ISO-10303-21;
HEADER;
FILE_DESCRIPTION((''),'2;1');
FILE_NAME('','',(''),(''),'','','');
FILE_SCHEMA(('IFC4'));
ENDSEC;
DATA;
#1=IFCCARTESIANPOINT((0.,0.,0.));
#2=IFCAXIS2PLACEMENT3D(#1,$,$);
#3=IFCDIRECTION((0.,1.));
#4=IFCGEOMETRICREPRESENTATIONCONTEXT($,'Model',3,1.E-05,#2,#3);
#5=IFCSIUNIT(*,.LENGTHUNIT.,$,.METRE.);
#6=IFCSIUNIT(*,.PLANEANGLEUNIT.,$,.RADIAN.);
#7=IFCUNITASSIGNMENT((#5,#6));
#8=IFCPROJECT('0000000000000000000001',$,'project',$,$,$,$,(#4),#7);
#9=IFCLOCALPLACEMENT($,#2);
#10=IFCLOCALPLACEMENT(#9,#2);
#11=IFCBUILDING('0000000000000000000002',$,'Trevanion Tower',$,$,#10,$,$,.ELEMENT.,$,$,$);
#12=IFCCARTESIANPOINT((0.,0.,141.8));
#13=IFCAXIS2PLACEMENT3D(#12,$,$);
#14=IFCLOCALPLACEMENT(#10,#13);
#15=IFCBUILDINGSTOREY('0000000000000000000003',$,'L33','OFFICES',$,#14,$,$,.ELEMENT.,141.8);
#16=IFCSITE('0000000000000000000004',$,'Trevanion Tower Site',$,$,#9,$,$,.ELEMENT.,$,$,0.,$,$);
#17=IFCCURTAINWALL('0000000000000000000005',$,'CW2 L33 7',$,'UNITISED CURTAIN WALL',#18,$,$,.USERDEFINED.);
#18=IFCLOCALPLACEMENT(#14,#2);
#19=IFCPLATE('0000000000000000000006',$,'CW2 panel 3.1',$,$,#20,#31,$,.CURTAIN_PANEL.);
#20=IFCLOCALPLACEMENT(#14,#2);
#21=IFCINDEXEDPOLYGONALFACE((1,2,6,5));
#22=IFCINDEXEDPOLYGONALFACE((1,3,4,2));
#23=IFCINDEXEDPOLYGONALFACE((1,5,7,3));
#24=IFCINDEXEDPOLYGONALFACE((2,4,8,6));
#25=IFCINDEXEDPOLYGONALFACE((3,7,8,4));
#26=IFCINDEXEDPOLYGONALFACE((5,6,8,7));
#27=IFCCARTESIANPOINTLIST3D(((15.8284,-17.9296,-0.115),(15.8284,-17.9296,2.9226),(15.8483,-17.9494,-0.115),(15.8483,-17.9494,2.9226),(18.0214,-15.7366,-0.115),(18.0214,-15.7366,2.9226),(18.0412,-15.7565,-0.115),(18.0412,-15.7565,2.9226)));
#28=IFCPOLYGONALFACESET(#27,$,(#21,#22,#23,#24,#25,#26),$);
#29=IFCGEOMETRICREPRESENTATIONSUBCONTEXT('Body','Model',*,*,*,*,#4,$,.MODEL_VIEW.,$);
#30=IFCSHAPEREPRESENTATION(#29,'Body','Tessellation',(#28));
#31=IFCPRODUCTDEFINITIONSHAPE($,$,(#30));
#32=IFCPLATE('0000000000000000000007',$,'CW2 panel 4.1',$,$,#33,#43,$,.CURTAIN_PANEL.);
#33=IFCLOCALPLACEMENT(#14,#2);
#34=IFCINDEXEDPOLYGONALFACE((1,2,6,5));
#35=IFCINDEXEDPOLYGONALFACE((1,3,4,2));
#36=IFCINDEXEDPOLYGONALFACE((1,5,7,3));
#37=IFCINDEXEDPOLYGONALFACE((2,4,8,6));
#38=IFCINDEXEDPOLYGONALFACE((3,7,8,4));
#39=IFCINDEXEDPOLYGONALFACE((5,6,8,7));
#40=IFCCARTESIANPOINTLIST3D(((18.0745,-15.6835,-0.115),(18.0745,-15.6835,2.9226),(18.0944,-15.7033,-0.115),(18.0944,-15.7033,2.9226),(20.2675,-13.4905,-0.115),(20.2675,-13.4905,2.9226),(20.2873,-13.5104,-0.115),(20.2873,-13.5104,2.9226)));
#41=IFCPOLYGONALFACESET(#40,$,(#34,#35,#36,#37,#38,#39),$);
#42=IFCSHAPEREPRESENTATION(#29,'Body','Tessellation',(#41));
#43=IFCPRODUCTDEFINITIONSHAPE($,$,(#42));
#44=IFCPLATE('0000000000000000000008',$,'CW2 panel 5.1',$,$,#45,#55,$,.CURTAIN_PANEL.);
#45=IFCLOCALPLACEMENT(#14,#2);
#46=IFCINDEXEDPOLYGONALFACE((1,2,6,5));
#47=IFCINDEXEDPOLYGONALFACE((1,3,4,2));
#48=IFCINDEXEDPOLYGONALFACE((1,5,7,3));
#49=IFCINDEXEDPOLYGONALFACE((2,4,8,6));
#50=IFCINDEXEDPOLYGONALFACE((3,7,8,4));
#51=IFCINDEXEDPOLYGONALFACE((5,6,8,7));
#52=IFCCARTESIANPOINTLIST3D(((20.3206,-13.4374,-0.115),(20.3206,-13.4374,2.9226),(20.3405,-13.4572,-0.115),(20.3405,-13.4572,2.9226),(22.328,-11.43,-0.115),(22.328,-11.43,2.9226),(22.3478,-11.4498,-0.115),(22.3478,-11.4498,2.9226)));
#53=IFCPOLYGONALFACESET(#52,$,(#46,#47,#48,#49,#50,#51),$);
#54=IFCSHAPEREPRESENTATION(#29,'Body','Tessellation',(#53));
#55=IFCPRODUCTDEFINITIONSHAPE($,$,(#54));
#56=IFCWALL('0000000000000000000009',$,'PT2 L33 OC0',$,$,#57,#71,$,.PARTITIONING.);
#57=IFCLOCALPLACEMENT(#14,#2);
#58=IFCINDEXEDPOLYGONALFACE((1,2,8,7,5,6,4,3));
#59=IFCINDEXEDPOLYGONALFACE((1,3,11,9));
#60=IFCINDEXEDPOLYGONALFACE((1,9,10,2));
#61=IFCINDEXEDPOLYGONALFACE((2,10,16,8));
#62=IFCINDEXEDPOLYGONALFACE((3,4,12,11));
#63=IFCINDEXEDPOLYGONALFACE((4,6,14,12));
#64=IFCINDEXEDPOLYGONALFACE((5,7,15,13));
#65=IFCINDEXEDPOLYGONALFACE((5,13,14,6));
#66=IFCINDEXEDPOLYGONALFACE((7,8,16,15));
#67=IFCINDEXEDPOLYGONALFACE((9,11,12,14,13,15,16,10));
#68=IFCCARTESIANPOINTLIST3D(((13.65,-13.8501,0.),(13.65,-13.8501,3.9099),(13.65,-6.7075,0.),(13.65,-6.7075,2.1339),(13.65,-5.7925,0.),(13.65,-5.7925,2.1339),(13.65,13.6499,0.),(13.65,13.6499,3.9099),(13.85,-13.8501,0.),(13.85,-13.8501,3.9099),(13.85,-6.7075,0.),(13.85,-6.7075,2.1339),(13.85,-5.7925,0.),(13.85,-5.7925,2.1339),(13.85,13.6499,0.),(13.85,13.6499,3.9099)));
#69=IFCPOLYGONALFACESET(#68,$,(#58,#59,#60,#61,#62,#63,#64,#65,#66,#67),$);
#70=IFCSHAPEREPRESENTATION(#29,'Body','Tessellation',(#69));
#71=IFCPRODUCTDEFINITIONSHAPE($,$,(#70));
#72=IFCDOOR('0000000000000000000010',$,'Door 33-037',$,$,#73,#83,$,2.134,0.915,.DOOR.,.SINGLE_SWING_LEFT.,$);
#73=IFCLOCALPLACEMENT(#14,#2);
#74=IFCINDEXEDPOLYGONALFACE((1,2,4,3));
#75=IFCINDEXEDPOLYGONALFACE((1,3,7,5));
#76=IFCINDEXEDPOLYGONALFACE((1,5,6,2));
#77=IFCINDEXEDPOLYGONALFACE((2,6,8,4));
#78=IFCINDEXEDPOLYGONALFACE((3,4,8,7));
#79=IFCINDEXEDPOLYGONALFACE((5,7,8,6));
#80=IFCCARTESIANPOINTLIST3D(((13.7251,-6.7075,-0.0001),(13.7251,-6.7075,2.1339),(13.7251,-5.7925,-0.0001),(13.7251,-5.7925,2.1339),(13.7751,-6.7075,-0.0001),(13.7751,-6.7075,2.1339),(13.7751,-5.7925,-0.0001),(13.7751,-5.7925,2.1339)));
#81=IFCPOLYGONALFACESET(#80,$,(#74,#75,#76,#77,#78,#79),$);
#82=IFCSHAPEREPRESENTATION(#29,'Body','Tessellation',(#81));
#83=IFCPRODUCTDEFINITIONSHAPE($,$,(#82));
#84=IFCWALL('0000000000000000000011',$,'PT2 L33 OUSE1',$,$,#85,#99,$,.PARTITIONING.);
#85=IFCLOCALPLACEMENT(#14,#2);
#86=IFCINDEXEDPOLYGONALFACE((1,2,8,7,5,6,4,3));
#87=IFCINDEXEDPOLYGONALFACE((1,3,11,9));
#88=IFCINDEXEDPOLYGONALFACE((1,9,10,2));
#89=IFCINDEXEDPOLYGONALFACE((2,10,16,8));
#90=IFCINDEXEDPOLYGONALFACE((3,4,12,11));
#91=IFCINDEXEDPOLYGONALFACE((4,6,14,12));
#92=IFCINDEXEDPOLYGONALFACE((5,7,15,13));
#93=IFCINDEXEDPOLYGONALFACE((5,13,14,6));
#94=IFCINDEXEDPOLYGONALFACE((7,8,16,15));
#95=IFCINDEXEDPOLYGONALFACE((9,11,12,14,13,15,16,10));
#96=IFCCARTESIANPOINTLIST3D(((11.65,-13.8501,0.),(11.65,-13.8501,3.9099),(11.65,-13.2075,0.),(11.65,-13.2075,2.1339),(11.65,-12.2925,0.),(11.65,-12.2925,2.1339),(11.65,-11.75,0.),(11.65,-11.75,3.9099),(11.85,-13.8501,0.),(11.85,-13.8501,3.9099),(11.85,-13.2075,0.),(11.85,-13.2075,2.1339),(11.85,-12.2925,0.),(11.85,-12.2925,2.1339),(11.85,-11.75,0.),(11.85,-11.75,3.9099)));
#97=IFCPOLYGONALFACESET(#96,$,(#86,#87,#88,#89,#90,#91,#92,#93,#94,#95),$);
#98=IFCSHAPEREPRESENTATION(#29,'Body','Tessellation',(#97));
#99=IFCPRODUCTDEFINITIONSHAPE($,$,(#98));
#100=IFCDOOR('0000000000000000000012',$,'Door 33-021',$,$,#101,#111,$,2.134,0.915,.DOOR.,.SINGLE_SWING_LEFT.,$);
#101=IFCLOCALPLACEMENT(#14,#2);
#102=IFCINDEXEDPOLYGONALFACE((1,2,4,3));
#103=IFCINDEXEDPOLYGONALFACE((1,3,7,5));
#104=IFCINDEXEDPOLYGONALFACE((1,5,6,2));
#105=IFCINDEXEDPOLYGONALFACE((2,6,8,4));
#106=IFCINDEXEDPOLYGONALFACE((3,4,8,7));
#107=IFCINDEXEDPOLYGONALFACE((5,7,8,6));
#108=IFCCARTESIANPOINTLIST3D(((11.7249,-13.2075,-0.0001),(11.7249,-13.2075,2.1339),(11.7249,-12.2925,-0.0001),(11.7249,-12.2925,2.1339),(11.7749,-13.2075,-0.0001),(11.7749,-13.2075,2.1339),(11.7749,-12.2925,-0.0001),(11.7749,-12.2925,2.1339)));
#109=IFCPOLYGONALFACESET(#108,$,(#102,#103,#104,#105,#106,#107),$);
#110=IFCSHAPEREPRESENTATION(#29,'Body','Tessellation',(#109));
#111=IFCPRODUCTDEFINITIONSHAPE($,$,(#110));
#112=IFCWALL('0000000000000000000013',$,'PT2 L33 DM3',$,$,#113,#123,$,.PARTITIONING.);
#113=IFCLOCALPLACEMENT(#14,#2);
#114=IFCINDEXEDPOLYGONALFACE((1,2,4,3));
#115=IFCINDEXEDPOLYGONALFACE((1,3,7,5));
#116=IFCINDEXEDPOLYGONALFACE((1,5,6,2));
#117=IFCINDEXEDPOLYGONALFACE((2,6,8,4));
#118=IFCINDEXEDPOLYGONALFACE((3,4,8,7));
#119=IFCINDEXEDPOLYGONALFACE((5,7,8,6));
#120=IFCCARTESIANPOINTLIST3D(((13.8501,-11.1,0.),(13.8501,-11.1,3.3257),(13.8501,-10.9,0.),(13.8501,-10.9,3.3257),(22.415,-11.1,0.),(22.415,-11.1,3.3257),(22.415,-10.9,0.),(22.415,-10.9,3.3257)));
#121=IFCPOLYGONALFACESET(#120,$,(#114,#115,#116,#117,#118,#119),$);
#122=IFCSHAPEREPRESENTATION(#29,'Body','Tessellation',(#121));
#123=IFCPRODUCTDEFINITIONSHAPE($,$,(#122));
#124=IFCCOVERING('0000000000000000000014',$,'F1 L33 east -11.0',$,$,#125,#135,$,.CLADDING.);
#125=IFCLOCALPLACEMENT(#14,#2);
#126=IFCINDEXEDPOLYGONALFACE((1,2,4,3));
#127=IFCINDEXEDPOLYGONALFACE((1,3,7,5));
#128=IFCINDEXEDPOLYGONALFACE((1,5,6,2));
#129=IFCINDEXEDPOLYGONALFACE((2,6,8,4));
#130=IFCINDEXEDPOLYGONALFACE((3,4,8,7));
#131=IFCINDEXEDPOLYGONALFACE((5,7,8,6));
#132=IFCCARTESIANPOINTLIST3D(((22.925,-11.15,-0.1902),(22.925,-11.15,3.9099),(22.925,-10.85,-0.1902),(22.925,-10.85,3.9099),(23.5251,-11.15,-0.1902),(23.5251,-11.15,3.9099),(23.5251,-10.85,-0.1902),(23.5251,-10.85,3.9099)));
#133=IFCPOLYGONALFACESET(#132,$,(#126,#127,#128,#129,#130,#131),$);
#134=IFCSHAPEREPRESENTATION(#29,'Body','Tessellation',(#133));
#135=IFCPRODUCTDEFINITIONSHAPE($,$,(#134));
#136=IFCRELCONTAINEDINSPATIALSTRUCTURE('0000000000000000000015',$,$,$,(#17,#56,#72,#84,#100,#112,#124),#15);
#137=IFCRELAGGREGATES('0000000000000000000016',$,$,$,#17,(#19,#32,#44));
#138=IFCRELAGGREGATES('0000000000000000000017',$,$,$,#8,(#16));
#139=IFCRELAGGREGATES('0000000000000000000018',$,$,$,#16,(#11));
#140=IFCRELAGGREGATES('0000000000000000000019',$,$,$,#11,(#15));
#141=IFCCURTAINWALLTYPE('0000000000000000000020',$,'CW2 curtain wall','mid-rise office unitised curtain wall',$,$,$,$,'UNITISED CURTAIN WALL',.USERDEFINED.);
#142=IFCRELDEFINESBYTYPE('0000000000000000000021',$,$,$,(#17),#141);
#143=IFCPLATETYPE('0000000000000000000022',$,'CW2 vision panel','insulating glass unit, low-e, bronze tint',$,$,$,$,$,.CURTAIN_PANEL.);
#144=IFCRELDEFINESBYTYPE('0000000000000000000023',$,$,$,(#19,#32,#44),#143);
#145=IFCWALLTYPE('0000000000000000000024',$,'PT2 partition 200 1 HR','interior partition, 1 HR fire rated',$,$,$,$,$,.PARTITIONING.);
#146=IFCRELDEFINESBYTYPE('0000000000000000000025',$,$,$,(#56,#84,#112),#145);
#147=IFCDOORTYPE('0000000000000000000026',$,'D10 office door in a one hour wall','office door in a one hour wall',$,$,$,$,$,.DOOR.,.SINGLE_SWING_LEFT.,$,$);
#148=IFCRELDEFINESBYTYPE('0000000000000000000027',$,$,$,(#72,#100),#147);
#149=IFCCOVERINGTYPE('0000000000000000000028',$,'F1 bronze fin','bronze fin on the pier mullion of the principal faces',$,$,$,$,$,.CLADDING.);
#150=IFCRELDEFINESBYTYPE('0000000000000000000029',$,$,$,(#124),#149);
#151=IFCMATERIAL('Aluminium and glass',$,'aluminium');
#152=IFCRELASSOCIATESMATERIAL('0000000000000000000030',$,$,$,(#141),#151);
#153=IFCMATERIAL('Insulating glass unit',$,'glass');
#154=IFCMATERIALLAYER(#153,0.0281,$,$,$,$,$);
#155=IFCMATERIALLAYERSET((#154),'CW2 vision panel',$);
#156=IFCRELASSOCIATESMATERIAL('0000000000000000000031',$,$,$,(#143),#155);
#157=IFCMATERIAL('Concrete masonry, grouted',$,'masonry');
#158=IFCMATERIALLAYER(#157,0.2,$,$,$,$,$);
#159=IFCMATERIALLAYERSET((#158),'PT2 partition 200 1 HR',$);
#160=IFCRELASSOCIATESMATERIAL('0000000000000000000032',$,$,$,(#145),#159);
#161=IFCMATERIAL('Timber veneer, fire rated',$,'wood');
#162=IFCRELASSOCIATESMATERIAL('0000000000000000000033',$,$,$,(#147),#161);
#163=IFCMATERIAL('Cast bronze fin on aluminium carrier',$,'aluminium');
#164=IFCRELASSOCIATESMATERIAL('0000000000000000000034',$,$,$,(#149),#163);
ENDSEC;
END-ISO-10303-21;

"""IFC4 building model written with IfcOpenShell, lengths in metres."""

from ifc_helpers import new_model, si_unit, direction, frame, frame_2d, origin, origin_2d, place, context, subcontext, project, spatial, rectangle, extrude, material, layer, layer_set, type_object, element, fill, aggregate, save


model = new_model("IFC4")

# Units and contexts
model_context = context("Model", 3, precision=1e-05, world=origin(), true_north=direction((0.0, 1.0)))
body_context = subcontext(model_context, "Body", "Model", "MODEL_VIEW")
ifc_project = project(units=[si_unit("LENGTHUNIT", "METRE"), si_unit("PLANEANGLEUNIT", "RADIAN")], contexts=[model_context])

# Site, building, storey
site_placement = place(None, origin())
site = spatial("IfcSite", under=ifc_project, at=site_placement, Name="Trevanion Tower Site", CompositionType="ELEMENT", RefElevation=0.0)
building_placement = place(site_placement, origin())
building = spatial("IfcBuilding", under=site, at=building_placement, Name="Trevanion Tower", CompositionType="ELEMENT")
storey_placement = place(building_placement, frame((0.0, 0.0, 141.8)))
storey = spatial("IfcBuildingStorey", under=building, at=storey_placement, Name="L33", Description="OFFICES", CompositionType="ELEMENT", Elevation=141.8)

# Curtain wall
ifc_material_1 = material(Name="Aluminium and glass", Category="aluminium")
curtain_wall_type = type_object("IfcCurtainWallType", Name="CW2 curtain wall", Description="mid-rise office unitised curtain wall", ElementType="UNITISED CURTAIN WALL", PredefinedType="USERDEFINED", material=ifc_material_1)
curtain_wall_placement = place(storey_placement, origin())
curtain_wall = element("IfcCurtainWall", 1, at=curtain_wall_placement, inside=storey, type_object=curtain_wall_type, Name="CW2 L33 7", ObjectType="UNITISED CURTAIN WALL", PredefinedType="USERDEFINED")

# Plates
ifc_material_2 = material(Name="Insulating glass unit", Category="glass")
ifc_layer_1 = layer(ifc_material_2, 0.0281)
ifc_layer_set_1 = layer_set([ifc_layer_1], Name="CW2 vision panel")
plate_type_1 = type_object("IfcPlateType", Name="CW2 vision panel", Description="insulating glass unit, low-e, bronze tint", PredefinedType="CURTAIN_PANEL", material=ifc_layer_set_1)
plate_1_placement = place(storey_placement, frame((16.9348, -16.843, -0.115), z_axis=(0.0, 0.0, 1.0), x_axis=(0.707107, 0.707107, 0.0)))
plate_1 = element("IfcPlate", 2, at=plate_1_placement, type_object=plate_type_1, Name="CW2 panel 3.1", PredefinedType="CURTAIN_PANEL", context=body_context, shape_type="SweptSolid", body=[
    extrude(rectangle(XDim=3.1013, YDim=0.0281, at=origin_2d()), origin(), (0.0, 0.0, 1.0), 3.0376),
])
plate_2_placement = place(storey_placement, frame((19.1809, -14.5969, -0.115), z_axis=(0.0, 0.0, 1.0), x_axis=(0.707107, 0.707107, 0.0)))
plate_2 = element("IfcPlate", 3, at=plate_2_placement, type_object=plate_type_1, Name="CW2 panel 4.1", PredefinedType="CURTAIN_PANEL", context=body_context, shape_type="SweptSolid", body=[
    extrude(rectangle(XDim=3.1013, YDim=0.0281, at=origin_2d()), origin(), (0.0, 0.0, 1.0), 3.0376),
])
plate_3_placement = place(storey_placement, frame((21.3342, -12.4436, -0.115), z_axis=(0.0, 0.0, 1.0), x_axis=(0.707107, 0.707107, 0.0)))
plate_3 = element("IfcPlate", 4, at=plate_3_placement, type_object=plate_type_1, Name="CW2 panel 5.1", PredefinedType="CURTAIN_PANEL", context=body_context, shape_type="SweptSolid", body=[
    extrude(rectangle(XDim=2.8389, YDim=0.0281, at=origin_2d()), origin(), (0.0, 0.0, 1.0), 3.0376),
])
aggregate(curtain_wall, [plate_1, plate_2, plate_3])

# Walls, openings, doors
ifc_material_3 = material(Name="Concrete masonry, grouted", Category="masonry")
ifc_layer_2 = layer(ifc_material_3, 0.2)
ifc_layer_set_2 = layer_set([ifc_layer_2], Name="PT2 partition 200 1 HR")
wall_type = type_object("IfcWallType", Name="PT2 partition 200 1 HR", Description="interior partition, 1 HR fire rated", PredefinedType="PARTITIONING", material=ifc_layer_set_2)
wall_1_placement = place(storey_placement, frame((13.75, -13.8501, 0.0), z_axis=(0.0, 0.0, 1.0), x_axis=(0.0, 1.0, 0.0)))
wall_1 = element("IfcWall", 5, at=wall_1_placement, inside=storey, type_object=wall_type, Name="PT2 L33 OC0", PredefinedType="PARTITIONING", context=body_context, shape_type="SweptSolid", body=[
    extrude(rectangle(XDim=27.5, YDim=0.2, at=frame_2d((13.75, 0.0))), origin(), (0.0, 0.0, 1.0), 3.9099),
])
opening_1_placement = place(wall_1_placement, frame((7.1426, 0.0, 0.0)))
opening_1 = element("IfcOpeningElement", 6, at=opening_1_placement, cuts=wall_1, PredefinedType="OPENING", context=body_context, shape_type="SweptSolid", body=[
    extrude(rectangle(XDim=0.915, YDim=2.134, at=frame_2d((0.4575, 1.0669))), frame((0.0, 0.1099, 0.0), z_axis=(0.0, -1.0, 0.0), x_axis=(1.0, 0.0, 0.0)), (0.0, 0.0, 1.0), 0.22),
])
ifc_material_4 = material(Name="Timber veneer, fire rated", Category="wood")
door_type = type_object("IfcDoorType", Name="D10 office door in a one hour wall", Description="office door in a one hour wall", OperationType="SINGLE_SWING_LEFT", PredefinedType="DOOR", material=ifc_material_4)
door_1_placement = place(opening_1_placement, origin())
door_1 = element("IfcDoor", 7, at=door_1_placement, inside=storey, type_object=door_type, Name="Door 33-037", OperationType="SINGLE_SWING_LEFT", OverallHeight=2.134, OverallWidth=0.915, PredefinedType="DOOR", context=body_context, shape_type="SweptSolid", body=[
    extrude(rectangle(XDim=0.915, YDim=2.134, at=frame_2d((0.4575, 1.0669))), frame((0.0, 0.0249, 0.0), z_axis=(0.0, -1.0, 0.0), x_axis=(1.0, 0.0, 0.0)), (0.0, 0.0, 1.0), 0.05),
])
fill(opening_1, door_1)
wall_2_placement = place(storey_placement, frame((11.75, -11.75, 0.0), z_axis=(0.0, 0.0, 1.0), x_axis=(0.0, -1.0, 0.0)))
wall_2 = element("IfcWall", 8, at=wall_2_placement, inside=storey, type_object=wall_type, Name="PT2 L33 OUSE1", PredefinedType="PARTITIONING", context=body_context, shape_type="SweptSolid", body=[
    extrude(rectangle(XDim=2.1001, YDim=0.2, at=frame_2d((1.05, 0.0))), origin(), (0.0, 0.0, 1.0), 3.9099),
])
opening_2_placement = place(wall_2_placement, frame((0.5425, 0.0, 0.0)))
opening_2 = element("IfcOpeningElement", 9, at=opening_2_placement, cuts=wall_2, PredefinedType="OPENING", context=body_context, shape_type="SweptSolid", body=[
    extrude(rectangle(XDim=0.915, YDim=2.134, at=frame_2d((0.4575, 1.0669))), frame((0.0, 0.1099, 0.0), z_axis=(0.0, -1.0, 0.0), x_axis=(1.0, 0.0, 0.0)), (0.0, 0.0, 1.0), 0.22),
])
door_2_placement = place(opening_2_placement, origin())
door_2 = element("IfcDoor", 10, at=door_2_placement, inside=storey, type_object=door_type, Name="Door 33-021", OperationType="SINGLE_SWING_LEFT", OverallHeight=2.134, OverallWidth=0.915, PredefinedType="DOOR", context=body_context, shape_type="SweptSolid", body=[
    extrude(rectangle(XDim=0.915, YDim=2.134, at=frame_2d((0.4575, 1.0669))), frame((0.0, 0.0249, 0.0), z_axis=(0.0, -1.0, 0.0), x_axis=(1.0, 0.0, 0.0)), (0.0, 0.0, 1.0), 0.05),
])
fill(opening_2, door_2)

# Wall
wall_3_placement = place(storey_placement, frame((13.8501, -11.0, 0.0), z_axis=(0.0, 0.0, 1.0), x_axis=(1.0, 0.0, 0.0)))
element("IfcWall", 11, at=wall_3_placement, inside=storey, type_object=wall_type, Name="PT2 L33 DM3", PredefinedType="PARTITIONING", context=body_context, shape_type="SweptSolid", body=[
    extrude(rectangle(XDim=8.5649, YDim=0.2, at=frame_2d((4.2825, 0.0))), origin(), (0.0, 0.0, 1.0), 3.3257),
])

# Covering
ifc_material_5 = material(Name="Cast bronze fin on aluminium carrier", Category="aluminium")
covering_type = type_object("IfcCoveringType", Name="F1 bronze fin", Description="bronze fin on the pier mullion of the principal faces", PredefinedType="CLADDING", material=ifc_material_5)
covering_placement = place(storey_placement, frame((23.2251, -11.0, -0.1902), z_axis=(0.0, 0.0, 1.0), x_axis=(0.0, 1.0, 0.0)))
element("IfcCovering", 12, at=covering_placement, inside=storey, type_object=covering_type, Name="F1 L33 east -11.0", PredefinedType="CLADDING", context=body_context, shape_type="SweptSolid", body=[
    extrude(rectangle(XDim=0.3, YDim=0.6001, at=origin_2d()), origin(), (0.0, 0.0, 1.0), 4.1001),
])

save(model, "model.ifc")
